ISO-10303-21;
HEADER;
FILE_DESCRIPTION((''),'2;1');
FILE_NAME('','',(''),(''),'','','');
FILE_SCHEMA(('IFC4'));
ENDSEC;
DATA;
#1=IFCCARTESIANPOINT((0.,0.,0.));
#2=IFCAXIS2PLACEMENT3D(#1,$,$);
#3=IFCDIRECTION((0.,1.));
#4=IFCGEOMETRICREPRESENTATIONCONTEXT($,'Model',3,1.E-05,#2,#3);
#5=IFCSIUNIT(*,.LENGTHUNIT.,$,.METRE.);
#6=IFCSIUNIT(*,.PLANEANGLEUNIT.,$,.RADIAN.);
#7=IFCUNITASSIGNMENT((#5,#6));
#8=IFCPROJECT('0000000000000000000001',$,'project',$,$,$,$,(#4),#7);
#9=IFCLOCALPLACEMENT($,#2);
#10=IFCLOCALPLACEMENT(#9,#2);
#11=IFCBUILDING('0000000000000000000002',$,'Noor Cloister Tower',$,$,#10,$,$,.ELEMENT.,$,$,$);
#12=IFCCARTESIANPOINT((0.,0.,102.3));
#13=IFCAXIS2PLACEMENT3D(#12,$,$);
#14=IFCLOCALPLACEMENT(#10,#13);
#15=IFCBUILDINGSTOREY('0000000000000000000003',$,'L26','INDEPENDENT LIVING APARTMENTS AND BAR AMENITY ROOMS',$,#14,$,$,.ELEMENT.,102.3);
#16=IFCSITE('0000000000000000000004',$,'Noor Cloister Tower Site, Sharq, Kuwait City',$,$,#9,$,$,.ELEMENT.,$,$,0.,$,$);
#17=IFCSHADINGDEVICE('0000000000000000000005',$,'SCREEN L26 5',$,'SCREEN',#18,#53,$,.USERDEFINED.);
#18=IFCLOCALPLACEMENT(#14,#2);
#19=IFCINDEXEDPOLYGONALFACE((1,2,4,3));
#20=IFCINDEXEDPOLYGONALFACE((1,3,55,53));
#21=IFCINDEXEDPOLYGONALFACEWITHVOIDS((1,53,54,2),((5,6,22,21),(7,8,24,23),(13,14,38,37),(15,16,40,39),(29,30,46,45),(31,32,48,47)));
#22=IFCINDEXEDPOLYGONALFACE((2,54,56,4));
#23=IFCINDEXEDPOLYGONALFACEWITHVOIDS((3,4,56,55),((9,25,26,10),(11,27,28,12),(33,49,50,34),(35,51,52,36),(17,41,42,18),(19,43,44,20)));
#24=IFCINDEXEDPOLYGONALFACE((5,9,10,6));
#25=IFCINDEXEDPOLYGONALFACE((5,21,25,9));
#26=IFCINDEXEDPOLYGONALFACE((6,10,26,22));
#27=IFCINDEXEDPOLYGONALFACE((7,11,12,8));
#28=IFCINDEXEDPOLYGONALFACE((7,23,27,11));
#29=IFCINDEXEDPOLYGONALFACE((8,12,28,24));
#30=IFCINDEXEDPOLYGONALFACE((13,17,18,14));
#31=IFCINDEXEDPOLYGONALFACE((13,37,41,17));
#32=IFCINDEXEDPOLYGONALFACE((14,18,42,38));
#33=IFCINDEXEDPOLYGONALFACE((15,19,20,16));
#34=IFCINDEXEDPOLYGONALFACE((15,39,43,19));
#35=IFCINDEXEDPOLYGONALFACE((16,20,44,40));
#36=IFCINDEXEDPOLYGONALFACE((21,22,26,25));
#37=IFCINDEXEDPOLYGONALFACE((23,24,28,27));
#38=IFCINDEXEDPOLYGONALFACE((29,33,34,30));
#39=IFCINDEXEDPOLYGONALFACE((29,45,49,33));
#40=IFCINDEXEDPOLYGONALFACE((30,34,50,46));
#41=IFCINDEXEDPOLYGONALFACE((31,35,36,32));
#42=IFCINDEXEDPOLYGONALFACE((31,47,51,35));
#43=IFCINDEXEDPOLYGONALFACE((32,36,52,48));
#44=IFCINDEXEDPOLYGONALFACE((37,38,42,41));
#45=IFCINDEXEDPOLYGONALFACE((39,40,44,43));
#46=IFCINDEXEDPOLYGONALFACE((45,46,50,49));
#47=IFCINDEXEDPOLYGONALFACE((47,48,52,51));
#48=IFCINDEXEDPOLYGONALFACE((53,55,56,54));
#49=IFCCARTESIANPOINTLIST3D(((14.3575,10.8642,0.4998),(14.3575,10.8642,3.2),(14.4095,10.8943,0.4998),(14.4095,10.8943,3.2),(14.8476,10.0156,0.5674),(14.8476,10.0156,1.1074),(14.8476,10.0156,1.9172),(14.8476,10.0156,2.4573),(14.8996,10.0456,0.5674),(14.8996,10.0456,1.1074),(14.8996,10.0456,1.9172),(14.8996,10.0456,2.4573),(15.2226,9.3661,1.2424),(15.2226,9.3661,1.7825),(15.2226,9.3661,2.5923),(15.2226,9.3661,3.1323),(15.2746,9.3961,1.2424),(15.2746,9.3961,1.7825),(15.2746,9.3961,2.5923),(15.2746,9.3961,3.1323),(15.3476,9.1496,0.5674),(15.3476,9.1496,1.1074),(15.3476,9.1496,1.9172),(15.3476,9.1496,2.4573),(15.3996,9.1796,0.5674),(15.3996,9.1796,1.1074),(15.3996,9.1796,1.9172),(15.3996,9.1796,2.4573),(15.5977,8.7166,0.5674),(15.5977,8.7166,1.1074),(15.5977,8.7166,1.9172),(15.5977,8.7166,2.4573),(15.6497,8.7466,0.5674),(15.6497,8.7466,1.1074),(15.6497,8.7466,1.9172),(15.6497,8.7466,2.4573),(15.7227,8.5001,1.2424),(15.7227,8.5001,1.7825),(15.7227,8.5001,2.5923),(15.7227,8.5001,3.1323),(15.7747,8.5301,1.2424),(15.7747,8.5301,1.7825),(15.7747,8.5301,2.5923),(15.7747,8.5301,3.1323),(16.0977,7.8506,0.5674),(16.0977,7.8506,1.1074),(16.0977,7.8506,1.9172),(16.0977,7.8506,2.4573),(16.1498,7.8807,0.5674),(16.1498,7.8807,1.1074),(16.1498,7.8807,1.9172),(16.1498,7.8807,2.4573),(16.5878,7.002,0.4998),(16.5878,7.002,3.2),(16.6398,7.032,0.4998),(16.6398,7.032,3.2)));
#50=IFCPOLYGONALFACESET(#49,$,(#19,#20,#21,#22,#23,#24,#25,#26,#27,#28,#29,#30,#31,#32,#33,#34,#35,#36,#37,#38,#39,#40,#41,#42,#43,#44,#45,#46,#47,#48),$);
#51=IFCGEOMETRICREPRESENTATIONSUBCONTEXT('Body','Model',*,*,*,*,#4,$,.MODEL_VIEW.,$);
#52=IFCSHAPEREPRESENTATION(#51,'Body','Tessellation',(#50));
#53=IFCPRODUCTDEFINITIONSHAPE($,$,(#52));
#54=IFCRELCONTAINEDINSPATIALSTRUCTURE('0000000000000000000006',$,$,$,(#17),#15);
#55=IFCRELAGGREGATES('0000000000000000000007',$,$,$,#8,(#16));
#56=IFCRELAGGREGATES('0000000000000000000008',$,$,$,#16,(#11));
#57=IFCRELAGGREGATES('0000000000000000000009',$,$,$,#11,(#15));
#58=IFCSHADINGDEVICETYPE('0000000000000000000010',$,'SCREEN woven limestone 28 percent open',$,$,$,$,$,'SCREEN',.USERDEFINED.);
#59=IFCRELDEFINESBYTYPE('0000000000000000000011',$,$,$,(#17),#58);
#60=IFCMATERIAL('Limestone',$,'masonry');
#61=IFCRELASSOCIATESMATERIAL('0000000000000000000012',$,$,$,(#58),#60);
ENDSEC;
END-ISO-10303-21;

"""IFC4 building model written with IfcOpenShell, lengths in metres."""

from ifc_helpers import new_model, si_unit, direction, frame, origin, place, context, subcontext, project, spatial, polyline, outline, extrude, material, material_profile, profile_set, type_object, element, save


model = new_model("IFC4")

# Units and contexts
model_context = context("Model", 3, precision=1e-05, world=origin(), true_north=direction((0.0, 1.0)))
body_context = subcontext(model_context, "Body", "Model", "MODEL_VIEW")
ifc_project = project(units=[si_unit("LENGTHUNIT", "METRE"), si_unit("PLANEANGLEUNIT", "RADIAN")], contexts=[model_context])

# Site, building, storey
site_placement = place(None, origin())
site = spatial("IfcSite", under=ifc_project, at=site_placement, Name="Noor Cloister Tower Site, Sharq, Kuwait City", CompositionType="ELEMENT", RefElevation=0.0)
building_placement = place(site_placement, origin())
building = spatial("IfcBuilding", under=site, at=building_placement, Name="Noor Cloister Tower", CompositionType="ELEMENT")
storey_placement = place(building_placement, frame((0.0, 0.0, 102.3)))
storey = spatial("IfcBuildingStorey", under=building, at=storey_placement, Name="L26", Description="INDEPENDENT LIVING APARTMENTS AND BAR AMENITY ROOMS", CompositionType="ELEMENT", Elevation=102.3)

# Shading device
ifc_material_1 = material(Name="Limestone", Category="masonry")
ifc_material_profile_1 = material_profile(ifc_material_1, outline(polyline([(-2.23, -1.3501), (2.23, -1.3501), (2.23, 1.3501), (-2.23, 1.3501), (-2.23, -1.3501)]), holes=[polyline([(-1.25, -1.2825), (-0.25, -1.2825), (-0.25, -0.7424), (-1.25, -0.7424), (-1.25, -1.2825)]), polyline([(0.25, -1.2825), (1.25, -1.2825), (1.25, -0.7424), (0.25, -0.7424), (0.25, -1.2825)]), polyline([(-0.5, -0.6074), (0.5, -0.6074), (0.5, -0.0674), (-0.5, -0.0674), (-0.5, -0.6074)]), polyline([(-1.25, 0.0674), (-0.25, 0.0674), (-0.25, 0.6074), (-1.25, 0.6074), (-1.25, 0.0674)]), polyline([(0.25, 0.0674), (1.25, 0.0674), (1.25, 0.6074), (0.25, 0.6074), (0.25, 0.0674)]), polyline([(-0.5, 0.7424), (0.5, 0.7424), (0.5, 1.2825), (-0.5, 1.2825), (-0.5, 0.7424)])]), Name="Woven screen 28 percent open")
ifc_profile_set_1 = profile_set([ifc_material_profile_1], Name="Limestone")
shading_device_type = type_object("IfcShadingDeviceType", Name="SCREEN woven limestone 28 percent open", ElementType="SCREEN", PredefinedType="USERDEFINED", material=ifc_profile_set_1)
for number, where, z_axis, x_axis, name in (
    (1, (15.4727, 8.9331, 1.8499), (0.865982, 0.500074, 0.0), (-0.500074, 0.865982, 0.0), "SCREEN L26 5"),
):
    element("IfcShadingDevice", number, at=place(storey_placement, frame(where, z_axis=z_axis, x_axis=x_axis)), inside=storey, type_object=shading_device_type, Name=name, ObjectType="SCREEN", PredefinedType="USERDEFINED", context=body_context, shape_type="SweptSolid", body=[
        extrude(outline(polyline([(-2.23, -1.3501), (2.23, -1.3501), (2.23, 1.3501), (-2.23, 1.3501), (-2.23, -1.3501)]), holes=[polyline([(-1.25, -1.2825), (-0.25, -1.2825), (-0.25, -0.7424), (-1.25, -0.7424), (-1.25, -1.2825)]), polyline([(0.25, -1.2825), (1.25, -1.2825), (1.25, -0.7424), (0.25, -0.7424), (0.25, -1.2825)]), polyline([(-0.5, -0.6074), (0.5, -0.6074), (0.5, -0.0674), (-0.5, -0.0674), (-0.5, -0.6074)]), polyline([(-1.25, 0.0674), (-0.25, 0.0674), (-0.25, 0.6074), (-1.25, 0.6074), (-1.25, 0.0674)]), polyline([(0.25, 0.0674), (1.25, 0.0674), (1.25, 0.6074), (0.25, 0.6074), (0.25, 0.0674)]), polyline([(-0.5, 0.7424), (0.5, 0.7424), (0.5, 1.2825), (-0.5, 1.2825), (-0.5, 0.7424)])]), origin(), (0.0, 0.0, 1.0), 0.0601),
    ])

save(model, "model.ifc")
